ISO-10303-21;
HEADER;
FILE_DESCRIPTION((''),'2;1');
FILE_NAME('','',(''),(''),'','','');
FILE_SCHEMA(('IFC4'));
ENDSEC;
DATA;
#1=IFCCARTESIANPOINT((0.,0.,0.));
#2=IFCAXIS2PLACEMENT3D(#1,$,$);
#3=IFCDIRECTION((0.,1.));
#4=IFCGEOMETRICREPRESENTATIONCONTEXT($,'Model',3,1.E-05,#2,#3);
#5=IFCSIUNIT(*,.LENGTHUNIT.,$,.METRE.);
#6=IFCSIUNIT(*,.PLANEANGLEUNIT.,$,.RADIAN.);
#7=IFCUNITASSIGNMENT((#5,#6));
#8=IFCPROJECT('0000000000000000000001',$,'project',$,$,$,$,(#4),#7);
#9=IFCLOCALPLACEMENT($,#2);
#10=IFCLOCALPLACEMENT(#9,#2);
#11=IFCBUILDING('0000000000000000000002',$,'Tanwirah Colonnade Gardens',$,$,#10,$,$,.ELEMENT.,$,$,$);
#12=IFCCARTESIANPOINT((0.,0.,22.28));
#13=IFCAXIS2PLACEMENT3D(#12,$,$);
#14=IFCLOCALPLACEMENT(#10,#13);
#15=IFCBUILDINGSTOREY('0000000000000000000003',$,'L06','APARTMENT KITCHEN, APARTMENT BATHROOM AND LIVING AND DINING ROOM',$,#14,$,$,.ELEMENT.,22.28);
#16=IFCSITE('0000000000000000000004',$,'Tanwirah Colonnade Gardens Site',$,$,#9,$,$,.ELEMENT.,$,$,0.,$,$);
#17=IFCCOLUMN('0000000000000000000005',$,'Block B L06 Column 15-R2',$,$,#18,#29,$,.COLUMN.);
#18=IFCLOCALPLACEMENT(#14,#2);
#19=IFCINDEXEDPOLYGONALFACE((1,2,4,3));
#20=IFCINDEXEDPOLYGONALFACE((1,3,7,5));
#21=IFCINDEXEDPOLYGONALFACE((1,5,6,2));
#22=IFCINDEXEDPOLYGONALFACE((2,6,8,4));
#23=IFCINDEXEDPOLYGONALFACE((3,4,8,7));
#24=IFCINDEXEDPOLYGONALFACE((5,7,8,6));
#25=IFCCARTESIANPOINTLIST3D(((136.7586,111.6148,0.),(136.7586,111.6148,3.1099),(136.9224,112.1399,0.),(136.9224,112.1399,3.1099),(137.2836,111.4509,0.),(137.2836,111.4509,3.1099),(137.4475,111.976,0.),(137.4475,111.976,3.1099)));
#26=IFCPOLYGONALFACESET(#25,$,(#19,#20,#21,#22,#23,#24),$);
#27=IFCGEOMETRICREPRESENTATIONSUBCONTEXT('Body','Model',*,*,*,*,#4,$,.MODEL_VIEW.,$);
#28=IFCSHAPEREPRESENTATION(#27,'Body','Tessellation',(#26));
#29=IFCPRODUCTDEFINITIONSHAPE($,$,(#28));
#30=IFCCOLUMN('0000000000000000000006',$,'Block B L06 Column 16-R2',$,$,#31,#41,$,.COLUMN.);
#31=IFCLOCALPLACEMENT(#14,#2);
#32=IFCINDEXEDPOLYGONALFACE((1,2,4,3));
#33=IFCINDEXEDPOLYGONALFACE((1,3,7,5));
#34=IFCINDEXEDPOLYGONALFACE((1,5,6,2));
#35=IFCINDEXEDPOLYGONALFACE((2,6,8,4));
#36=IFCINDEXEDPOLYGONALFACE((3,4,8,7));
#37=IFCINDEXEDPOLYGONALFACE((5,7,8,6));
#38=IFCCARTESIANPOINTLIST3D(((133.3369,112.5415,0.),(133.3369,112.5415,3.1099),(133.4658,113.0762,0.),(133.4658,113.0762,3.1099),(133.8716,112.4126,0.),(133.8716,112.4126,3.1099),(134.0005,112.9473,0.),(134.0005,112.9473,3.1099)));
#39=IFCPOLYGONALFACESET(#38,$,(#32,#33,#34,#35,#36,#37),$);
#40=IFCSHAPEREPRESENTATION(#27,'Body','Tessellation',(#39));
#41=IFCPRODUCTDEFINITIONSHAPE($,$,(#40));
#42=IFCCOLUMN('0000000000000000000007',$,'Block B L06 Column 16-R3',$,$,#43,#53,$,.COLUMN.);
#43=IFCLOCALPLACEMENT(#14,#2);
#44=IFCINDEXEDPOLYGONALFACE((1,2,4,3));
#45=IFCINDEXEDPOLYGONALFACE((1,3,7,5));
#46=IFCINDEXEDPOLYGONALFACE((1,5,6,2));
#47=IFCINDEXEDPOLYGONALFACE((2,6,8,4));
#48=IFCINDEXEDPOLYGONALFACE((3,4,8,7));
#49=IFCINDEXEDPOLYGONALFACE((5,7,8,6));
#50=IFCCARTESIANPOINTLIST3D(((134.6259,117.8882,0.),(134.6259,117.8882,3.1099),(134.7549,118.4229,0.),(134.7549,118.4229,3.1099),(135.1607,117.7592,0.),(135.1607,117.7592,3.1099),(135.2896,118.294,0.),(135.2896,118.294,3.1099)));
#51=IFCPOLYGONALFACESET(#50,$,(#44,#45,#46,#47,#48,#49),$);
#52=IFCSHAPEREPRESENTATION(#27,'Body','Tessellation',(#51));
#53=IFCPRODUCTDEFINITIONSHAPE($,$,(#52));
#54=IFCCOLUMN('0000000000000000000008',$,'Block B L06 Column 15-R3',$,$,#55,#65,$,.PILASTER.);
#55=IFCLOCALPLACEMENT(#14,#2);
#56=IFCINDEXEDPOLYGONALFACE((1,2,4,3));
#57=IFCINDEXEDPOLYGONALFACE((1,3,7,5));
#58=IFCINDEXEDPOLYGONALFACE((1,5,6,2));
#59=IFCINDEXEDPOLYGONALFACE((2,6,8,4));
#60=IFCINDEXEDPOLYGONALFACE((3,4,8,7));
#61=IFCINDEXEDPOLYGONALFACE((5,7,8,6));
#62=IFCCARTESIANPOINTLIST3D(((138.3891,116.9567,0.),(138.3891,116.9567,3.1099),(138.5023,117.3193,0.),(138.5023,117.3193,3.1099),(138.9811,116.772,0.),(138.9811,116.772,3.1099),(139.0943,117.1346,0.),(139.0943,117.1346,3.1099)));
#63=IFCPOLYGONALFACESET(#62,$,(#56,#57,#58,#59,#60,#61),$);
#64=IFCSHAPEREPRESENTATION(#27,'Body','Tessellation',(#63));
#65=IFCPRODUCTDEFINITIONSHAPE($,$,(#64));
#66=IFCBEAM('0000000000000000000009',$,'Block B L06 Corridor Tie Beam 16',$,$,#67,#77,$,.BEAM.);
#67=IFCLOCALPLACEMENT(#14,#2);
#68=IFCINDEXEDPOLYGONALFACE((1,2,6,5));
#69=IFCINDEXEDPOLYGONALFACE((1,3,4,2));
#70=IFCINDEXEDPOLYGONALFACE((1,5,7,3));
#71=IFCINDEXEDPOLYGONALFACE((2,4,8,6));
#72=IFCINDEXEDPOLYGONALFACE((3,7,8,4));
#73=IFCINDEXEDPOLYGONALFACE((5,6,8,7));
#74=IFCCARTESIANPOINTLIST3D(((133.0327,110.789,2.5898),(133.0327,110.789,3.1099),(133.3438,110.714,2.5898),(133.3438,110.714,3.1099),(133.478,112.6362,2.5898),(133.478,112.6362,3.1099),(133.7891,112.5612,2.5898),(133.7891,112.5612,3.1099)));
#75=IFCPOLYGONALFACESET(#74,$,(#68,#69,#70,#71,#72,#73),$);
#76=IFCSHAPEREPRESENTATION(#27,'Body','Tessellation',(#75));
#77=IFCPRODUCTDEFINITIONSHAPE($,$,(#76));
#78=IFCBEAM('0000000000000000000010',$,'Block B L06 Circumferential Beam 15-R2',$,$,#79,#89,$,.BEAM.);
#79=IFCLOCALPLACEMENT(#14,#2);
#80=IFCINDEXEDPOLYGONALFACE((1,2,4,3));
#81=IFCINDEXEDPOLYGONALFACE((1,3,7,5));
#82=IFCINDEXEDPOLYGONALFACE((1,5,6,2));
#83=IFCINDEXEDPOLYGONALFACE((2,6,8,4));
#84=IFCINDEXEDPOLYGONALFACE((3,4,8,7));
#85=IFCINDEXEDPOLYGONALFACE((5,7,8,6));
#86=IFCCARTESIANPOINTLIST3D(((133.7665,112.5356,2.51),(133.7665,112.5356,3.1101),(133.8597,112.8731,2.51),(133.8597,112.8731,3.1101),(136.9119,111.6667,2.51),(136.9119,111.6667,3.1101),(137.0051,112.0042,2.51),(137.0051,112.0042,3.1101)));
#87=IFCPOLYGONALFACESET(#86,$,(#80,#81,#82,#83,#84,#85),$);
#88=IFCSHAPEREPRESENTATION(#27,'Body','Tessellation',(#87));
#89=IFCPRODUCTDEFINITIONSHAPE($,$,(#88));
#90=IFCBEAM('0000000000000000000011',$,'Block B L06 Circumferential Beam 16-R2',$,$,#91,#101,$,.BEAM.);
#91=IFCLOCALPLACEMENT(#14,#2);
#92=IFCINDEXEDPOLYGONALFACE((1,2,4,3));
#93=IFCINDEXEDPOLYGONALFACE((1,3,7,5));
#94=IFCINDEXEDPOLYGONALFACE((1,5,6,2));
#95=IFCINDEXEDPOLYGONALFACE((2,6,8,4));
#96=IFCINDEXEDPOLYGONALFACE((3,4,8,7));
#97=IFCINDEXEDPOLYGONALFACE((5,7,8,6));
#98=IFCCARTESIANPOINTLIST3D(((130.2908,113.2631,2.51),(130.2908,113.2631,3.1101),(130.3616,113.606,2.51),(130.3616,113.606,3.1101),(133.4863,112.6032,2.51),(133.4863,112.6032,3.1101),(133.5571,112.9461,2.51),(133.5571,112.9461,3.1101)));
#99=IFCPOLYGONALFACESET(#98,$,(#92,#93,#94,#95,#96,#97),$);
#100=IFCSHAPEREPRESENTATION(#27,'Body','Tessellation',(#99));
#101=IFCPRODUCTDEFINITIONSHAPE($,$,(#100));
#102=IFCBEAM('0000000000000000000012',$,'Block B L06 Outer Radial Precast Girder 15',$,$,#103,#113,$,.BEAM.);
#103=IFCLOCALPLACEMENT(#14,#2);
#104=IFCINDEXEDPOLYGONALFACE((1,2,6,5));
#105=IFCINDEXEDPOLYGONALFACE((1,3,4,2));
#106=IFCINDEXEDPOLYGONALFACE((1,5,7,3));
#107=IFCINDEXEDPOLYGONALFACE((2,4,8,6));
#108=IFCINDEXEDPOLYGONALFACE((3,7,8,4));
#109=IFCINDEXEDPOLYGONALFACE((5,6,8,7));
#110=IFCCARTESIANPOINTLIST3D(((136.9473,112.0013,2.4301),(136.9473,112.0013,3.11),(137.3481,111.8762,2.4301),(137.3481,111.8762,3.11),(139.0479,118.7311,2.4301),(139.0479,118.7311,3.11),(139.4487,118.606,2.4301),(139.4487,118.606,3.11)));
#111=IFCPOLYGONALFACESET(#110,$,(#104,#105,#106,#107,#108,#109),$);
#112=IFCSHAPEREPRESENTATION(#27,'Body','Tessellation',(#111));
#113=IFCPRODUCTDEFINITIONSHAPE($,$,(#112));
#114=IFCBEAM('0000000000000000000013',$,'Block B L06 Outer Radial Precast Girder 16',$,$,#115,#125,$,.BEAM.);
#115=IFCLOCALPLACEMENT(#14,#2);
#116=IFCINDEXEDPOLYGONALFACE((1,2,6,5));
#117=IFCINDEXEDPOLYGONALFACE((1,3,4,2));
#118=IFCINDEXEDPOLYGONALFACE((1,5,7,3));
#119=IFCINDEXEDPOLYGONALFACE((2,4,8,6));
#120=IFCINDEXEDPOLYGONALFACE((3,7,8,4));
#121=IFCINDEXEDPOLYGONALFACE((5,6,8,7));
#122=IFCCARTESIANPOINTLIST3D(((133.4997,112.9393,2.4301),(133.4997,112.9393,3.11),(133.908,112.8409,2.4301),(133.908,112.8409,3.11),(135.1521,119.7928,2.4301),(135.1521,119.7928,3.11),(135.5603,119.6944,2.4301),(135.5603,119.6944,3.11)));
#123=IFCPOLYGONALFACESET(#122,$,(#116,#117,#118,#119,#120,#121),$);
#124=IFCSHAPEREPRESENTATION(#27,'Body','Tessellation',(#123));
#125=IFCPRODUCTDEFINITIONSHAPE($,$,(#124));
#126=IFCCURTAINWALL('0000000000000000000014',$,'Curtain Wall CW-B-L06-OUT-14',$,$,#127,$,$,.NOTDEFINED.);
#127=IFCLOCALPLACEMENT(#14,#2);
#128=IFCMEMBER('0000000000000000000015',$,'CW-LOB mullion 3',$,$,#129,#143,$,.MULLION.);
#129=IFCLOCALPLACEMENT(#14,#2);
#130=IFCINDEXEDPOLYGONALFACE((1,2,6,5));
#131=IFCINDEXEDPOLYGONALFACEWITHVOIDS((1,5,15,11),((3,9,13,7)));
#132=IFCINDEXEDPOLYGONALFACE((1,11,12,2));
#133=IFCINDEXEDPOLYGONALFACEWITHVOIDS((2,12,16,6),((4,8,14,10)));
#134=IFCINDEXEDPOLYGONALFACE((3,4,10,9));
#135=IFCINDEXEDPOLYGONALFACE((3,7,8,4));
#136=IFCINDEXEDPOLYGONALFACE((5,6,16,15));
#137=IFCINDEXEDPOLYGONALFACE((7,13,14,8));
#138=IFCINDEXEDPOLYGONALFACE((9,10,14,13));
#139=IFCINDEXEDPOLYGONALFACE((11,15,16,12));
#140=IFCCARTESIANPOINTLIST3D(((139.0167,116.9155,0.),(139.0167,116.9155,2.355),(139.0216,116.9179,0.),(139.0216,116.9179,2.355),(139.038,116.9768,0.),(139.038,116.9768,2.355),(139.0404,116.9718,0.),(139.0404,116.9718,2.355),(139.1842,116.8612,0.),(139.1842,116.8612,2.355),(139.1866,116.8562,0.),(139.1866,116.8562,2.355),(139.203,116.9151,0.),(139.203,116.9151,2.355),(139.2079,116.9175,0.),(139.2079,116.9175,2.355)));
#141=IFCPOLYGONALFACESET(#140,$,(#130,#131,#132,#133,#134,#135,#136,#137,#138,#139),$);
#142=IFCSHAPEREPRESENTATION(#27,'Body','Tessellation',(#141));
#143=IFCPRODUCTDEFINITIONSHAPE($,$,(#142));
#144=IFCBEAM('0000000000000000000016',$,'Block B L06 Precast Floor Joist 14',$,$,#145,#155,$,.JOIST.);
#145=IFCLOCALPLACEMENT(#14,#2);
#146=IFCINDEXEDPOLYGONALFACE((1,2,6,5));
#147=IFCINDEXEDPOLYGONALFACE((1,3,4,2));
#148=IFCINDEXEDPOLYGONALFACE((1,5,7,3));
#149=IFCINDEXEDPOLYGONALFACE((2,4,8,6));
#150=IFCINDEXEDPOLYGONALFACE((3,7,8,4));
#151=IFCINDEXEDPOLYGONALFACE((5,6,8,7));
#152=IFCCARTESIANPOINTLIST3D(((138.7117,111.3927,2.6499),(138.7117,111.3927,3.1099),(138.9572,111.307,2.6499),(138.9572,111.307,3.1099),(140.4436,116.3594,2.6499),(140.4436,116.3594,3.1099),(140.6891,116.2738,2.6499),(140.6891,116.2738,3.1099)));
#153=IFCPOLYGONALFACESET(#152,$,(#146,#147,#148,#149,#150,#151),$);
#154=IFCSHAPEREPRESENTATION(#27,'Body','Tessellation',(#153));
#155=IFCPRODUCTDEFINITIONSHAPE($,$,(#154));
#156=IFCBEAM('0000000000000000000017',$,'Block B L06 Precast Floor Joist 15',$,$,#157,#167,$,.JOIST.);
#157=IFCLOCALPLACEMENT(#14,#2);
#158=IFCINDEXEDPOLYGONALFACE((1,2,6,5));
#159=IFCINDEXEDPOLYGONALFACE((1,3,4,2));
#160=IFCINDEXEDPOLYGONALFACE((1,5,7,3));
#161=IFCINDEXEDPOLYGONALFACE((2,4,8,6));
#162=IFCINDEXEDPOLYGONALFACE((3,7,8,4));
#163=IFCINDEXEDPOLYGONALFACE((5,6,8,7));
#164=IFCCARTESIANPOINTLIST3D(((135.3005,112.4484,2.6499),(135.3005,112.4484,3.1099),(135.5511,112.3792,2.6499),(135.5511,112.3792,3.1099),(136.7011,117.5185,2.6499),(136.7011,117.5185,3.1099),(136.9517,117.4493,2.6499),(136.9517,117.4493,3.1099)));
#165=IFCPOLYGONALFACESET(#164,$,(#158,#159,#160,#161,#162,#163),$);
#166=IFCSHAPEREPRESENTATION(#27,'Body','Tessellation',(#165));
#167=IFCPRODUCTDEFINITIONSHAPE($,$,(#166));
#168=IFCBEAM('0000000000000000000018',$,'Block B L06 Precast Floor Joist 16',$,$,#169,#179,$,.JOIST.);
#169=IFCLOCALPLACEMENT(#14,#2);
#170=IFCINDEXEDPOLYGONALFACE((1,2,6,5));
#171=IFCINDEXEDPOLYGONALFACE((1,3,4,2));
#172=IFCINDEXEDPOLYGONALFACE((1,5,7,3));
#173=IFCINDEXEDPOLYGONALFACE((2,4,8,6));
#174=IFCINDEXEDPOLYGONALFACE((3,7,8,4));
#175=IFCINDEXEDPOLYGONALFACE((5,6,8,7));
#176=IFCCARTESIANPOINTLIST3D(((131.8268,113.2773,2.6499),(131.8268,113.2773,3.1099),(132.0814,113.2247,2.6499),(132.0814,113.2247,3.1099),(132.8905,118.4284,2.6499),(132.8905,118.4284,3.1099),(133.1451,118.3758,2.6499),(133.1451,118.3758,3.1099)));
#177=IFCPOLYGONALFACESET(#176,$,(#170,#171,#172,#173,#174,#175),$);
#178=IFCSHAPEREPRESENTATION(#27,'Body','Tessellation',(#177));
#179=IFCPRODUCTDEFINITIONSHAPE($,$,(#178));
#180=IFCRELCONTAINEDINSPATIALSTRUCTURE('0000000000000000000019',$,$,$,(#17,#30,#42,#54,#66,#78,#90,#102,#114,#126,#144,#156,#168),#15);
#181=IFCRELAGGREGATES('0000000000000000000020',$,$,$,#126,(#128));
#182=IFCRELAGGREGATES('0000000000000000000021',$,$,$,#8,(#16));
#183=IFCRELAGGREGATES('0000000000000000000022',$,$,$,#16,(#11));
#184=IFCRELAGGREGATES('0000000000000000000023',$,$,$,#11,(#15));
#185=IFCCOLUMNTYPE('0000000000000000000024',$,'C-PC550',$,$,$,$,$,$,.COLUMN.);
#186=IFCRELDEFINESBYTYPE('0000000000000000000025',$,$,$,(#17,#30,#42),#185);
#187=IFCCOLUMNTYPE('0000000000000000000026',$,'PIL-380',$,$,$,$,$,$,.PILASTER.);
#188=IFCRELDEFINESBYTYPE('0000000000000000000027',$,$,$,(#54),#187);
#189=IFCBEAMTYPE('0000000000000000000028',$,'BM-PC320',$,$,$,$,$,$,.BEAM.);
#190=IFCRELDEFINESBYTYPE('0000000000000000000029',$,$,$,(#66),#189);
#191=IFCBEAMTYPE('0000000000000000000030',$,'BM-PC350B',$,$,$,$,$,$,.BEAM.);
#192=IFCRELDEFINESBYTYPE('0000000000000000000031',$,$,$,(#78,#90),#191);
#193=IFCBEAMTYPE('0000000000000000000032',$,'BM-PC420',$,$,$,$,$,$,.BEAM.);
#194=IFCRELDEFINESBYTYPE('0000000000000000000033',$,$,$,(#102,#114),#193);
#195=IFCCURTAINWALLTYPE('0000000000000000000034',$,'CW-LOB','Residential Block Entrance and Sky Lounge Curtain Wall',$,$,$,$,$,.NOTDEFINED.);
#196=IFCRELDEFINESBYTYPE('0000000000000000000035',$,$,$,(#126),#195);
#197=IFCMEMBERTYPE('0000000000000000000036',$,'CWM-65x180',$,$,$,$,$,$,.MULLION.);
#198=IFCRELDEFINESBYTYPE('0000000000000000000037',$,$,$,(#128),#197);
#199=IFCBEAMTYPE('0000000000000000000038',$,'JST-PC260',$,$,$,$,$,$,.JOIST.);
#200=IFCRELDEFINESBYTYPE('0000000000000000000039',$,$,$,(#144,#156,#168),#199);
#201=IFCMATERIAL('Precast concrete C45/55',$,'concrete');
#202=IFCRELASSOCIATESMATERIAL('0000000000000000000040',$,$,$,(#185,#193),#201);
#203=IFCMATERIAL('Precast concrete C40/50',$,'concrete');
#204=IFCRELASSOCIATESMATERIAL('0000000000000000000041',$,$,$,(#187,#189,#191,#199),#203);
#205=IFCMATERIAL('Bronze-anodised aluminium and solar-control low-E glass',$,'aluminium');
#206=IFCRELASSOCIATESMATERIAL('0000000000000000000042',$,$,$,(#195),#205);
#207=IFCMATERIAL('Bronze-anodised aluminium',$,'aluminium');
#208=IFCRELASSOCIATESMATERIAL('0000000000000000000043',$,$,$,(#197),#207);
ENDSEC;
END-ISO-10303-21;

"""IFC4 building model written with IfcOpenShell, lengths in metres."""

from ifc_helpers import new_model, si_unit, direction, frame, origin, origin_2d, place, context, subcontext, project, spatial, rectangle, hollow_rectangle, extrude, material, material_profile, profile_set, type_object, element, aggregate, save


model = new_model("IFC4")

# Units and contexts
model_context = context("Model", 3, precision=1e-05, world=origin(), true_north=direction((0.0, 1.0)))
body_context = subcontext(model_context, "Body", "Model", "MODEL_VIEW")
ifc_project = project(units=[si_unit("LENGTHUNIT", "METRE"), si_unit("PLANEANGLEUNIT", "RADIAN")], contexts=[model_context])

# Site, building, storey
site_placement = place(None, origin())
site = spatial("IfcSite", under=ifc_project, at=site_placement, Name="Tanwirah Colonnade Gardens Site", CompositionType="ELEMENT", RefElevation=0.0)
building_placement = place(site_placement, origin())
building = spatial("IfcBuilding", under=site, at=building_placement, Name="Tanwirah Colonnade Gardens", CompositionType="ELEMENT")
storey_placement = place(building_placement, frame((0.0, 0.0, 22.28)))
storey = spatial("IfcBuildingStorey", under=building, at=storey_placement, Name="L06", Description="APARTMENT KITCHEN, APARTMENT BATHROOM AND LIVING AND DINING ROOM", CompositionType="ELEMENT", Elevation=22.28)

# Columns
ifc_material_1 = material(Name="Precast concrete C45/55", Category="concrete")
ifc_material_profile_1 = material_profile(ifc_material_1, rectangle(XDim=0.55, YDim=0.55, at=origin_2d()), Name="PC-COL 550x550")
ifc_profile_set_1 = profile_set([ifc_material_profile_1], Name="Precast concrete C45/55")
column_type_1 = type_object("IfcColumnType", Name="C-PC550", PredefinedType="COLUMN", material=ifc_profile_set_1)
for number, where, z_axis, x_axis, name in (
    (1, (137.103, 111.7954, 0.0), (0.0, 0.0, 1.0), (0.29793, 0.954588, 0.0), "Block B L06 Column 15-R2"),
    (2, (133.6687, 112.7444, 0.0), (0.0, 0.0, 1.0), (0.234388, 0.972143, 0.0), "Block B L06 Column 16-R2"),
    (3, (134.9578, 118.0911, 0.0), (0.0, 0.0, 1.0), (0.234388, 0.972143, 0.0), "Block B L06 Column 16-R3"),
):
    element("IfcColumn", number, at=place(storey_placement, frame(where, z_axis=z_axis, x_axis=x_axis)), inside=storey, type_object=column_type_1, Name=name, PredefinedType="COLUMN", context=body_context, shape_type="SweptSolid", body=[
        extrude(rectangle(XDim=0.55, YDim=0.55, at=origin_2d()), origin(), (0.0, 0.0, 1.0), 3.1099),
    ])
ifc_material_2 = material(Name="Precast concrete C40/50", Category="concrete")
ifc_material_profile_2 = material_profile(ifc_material_2, rectangle(XDim=0.3799, YDim=0.6201, at=origin_2d()), Name="PC-PIL 380x620")
ifc_profile_set_2 = profile_set([ifc_material_profile_2], Name="Precast concrete C40/50")
column_type_2 = type_object("IfcColumnType", Name="PIL-380", PredefinedType="PILASTER", material=ifc_profile_set_2)
column_placement = place(storey_placement, frame((138.7417, 117.0457, 0.0), z_axis=(0.0, 0.0, 1.0), x_axis=(0.29793, 0.954588, 0.0)))
element("IfcColumn", 4, at=column_placement, inside=storey, type_object=column_type_2, Name="Block B L06 Column 15-R3", PredefinedType="PILASTER", context=body_context, shape_type="SweptSolid", body=[
    extrude(rectangle(XDim=0.3799, YDim=0.6201, at=origin_2d()), origin(), (0.0, 0.0, 1.0), 3.1099),
])

# Beams
ifc_material_profile_3 = material_profile(ifc_material_2, rectangle(XDim=0.3201, YDim=0.52, at=origin_2d()), Name="PC-BM 320x520")
ifc_profile_set_3 = profile_set([ifc_material_profile_3], Name="Precast concrete C40/50")
beam_type_1 = type_object("IfcBeamType", Name="BM-PC320", PredefinedType="BEAM", material=ifc_profile_set_3)
beam_1_placement = place(storey_placement, frame((133.1882, 110.7515, 2.8499), z_axis=(0.234364, 0.972149, 0.0), x_axis=(-0.972149, 0.234364, 0.0)))
element("IfcBeam", 5, at=beam_1_placement, inside=storey, type_object=beam_type_1, Name="Block B L06 Corridor Tie Beam 16", PredefinedType="BEAM", context=body_context, shape_type="SweptSolid", body=[
    extrude(rectangle(XDim=0.3201, YDim=0.52, at=origin_2d()), origin(), (0.0, 0.0, 1.0), 1.9001),
])
ifc_material_profile_4 = material_profile(ifc_material_2, rectangle(XDim=0.3501, YDim=0.6001, at=origin_2d()), Name="PC-BM 350x600")
ifc_profile_set_4 = profile_set([ifc_material_profile_4], Name="Precast concrete C40/50")
beam_type_2 = type_object("IfcBeamType", Name="BM-PC350B", PredefinedType="BEAM", material=ifc_profile_set_4)
beam_2_placement = place(storey_placement, frame((136.9585, 111.8354, 2.8101), z_axis=(-0.963895, 0.266281, 0.0), x_axis=(-0.266281, -0.963895, 0.0)))
element("IfcBeam", 6, at=beam_2_placement, inside=storey, type_object=beam_type_2, Name="Block B L06 Circumferential Beam 15-R2", PredefinedType="BEAM", context=body_context, shape_type="SweptSolid", body=[
    extrude(rectangle(XDim=0.3501, YDim=0.6001, at=origin_2d()), origin(), (0.0, 0.0, 1.0), 3.2632),
])
beam_3_placement = place(storey_placement, frame((133.5217, 112.7747, 2.8101), z_axis=(-0.979336, 0.202242, 0.0), x_axis=(-0.202242, -0.979336, 0.0)))
element("IfcBeam", 7, at=beam_3_placement, inside=storey, type_object=beam_type_2, Name="Block B L06 Circumferential Beam 16-R2", PredefinedType="BEAM", context=body_context, shape_type="SweptSolid", body=[
    extrude(rectangle(XDim=0.3501, YDim=0.6001, at=origin_2d()), origin(), (0.0, 0.0, 1.0), 3.2629),
])
ifc_material_profile_5 = material_profile(ifc_material_1, rectangle(XDim=0.4199, YDim=0.6799, at=origin_2d()), Name="PC-BM 420x680")
ifc_profile_set_5 = profile_set([ifc_material_profile_5], Name="Precast concrete C45/55")
beam_type_3 = type_object("IfcBeamType", Name="BM-PC420", PredefinedType="BEAM", material=ifc_profile_set_5)
beam_4_placement = place(storey_placement, frame((137.1477, 111.9387, 2.77), z_axis=(0.297958, 0.954579, 0.0), x_axis=(-0.954579, 0.297958, 0.0)))
element("IfcBeam", 8, at=beam_4_placement, inside=storey, type_object=beam_type_3, Name="Block B L06 Outer Radial Precast Girder 15", PredefinedType="BEAM", context=body_context, shape_type="SweptSolid", body=[
    extrude(rectangle(XDim=0.4199, YDim=0.6799, at=origin_2d()), origin(), (0.0, 0.0, 1.0), 7.05),
])
beam_5_placement = place(storey_placement, frame((133.7039, 112.8901, 2.77), z_axis=(0.234379, 0.972145, 0.0), x_axis=(-0.972145, 0.234379, 0.0)))
element("IfcBeam", 9, at=beam_5_placement, inside=storey, type_object=beam_type_3, Name="Block B L06 Outer Radial Precast Girder 16", PredefinedType="BEAM", context=body_context, shape_type="SweptSolid", body=[
    extrude(rectangle(XDim=0.4199, YDim=0.6799, at=origin_2d()), origin(), (0.0, 0.0, 1.0), 7.0498),
])

# Curtain wall, member
ifc_material_3 = material(Name="Bronze-anodised aluminium and solar-control low-E glass", Category="aluminium")
curtain_wall_type = type_object("IfcCurtainWallType", Name="CW-LOB", Description="Residential Block Entrance and Sky Lounge Curtain Wall", PredefinedType="NOTDEFINED", material=ifc_material_3)
curtain_wall_placement = place(storey_placement, origin())
curtain_wall = element("IfcCurtainWall", 10, at=curtain_wall_placement, inside=storey, type_object=curtain_wall_type, Name="Curtain Wall CW-B-L06-OUT-14", PredefinedType="NOTDEFINED")
ifc_material_4 = material(Name="Bronze-anodised aluminium", Category="aluminium")
ifc_material_profile_6 = material_profile(ifc_material_4, hollow_rectangle(XDim=0.0649, YDim=0.1799, WallThickness=0.0039, at=origin_2d()), Name="CW-MUL 65x180x4")
ifc_profile_set_6 = profile_set([ifc_material_profile_6], Name="Bronze-anodised aluminium")
member_type = type_object("IfcMemberType", Name="CWM-65x180", PredefinedType="MULLION", material=ifc_profile_set_6)
member_placement = place(storey_placement, frame((139.1123, 116.9165, 0.0), z_axis=(0.0, 0.0, 1.0), x_axis=(-0.329232, -0.944249, 0.0)))
member = element("IfcMember", 11, at=member_placement, type_object=member_type, Name="CW-LOB mullion 3", PredefinedType="MULLION", context=body_context, shape_type="SweptSolid", body=[
    extrude(hollow_rectangle(XDim=0.0649, YDim=0.1799, WallThickness=0.0039, at=origin_2d()), origin(), (0.0, 0.0, 1.0), 2.355),
])
aggregate(curtain_wall, [member])

# Beams
ifc_material_profile_7 = material_profile(ifc_material_2, rectangle(XDim=0.26, YDim=0.46, at=origin_2d()), Name="PC-JST 260x460")
ifc_profile_set_7 = profile_set([ifc_material_profile_7], Name="Precast concrete C40/50")
beam_type_4 = type_object("IfcBeamType", Name="JST-PC260", PredefinedType="JOIST", material=ifc_profile_set_7)
for number, where, z_axis, x_axis, name in (
    (12, (138.8345, 111.3499, 2.8799), (0.329259, 0.94424, 0.0), (-0.94424, 0.329259, 0.0), "Block B L06 Precast Floor Joist 14"),
    (13, (135.4258, 112.4138, 2.8799), (0.266281, 0.963895, 0.0), (-0.963895, 0.266281, 0.0), "Block B L06 Precast Floor Joist 15"),
):
    element("IfcBeam", number, at=place(storey_placement, frame(where, z_axis=z_axis, x_axis=x_axis)), inside=storey, type_object=beam_type_4, Name=name, PredefinedType="JOIST", context=body_context, shape_type="SweptSolid", body=[
        extrude(rectangle(XDim=0.26, YDim=0.46, at=origin_2d()), origin(), (0.0, 0.0, 1.0), 5.26),
    ])
beam_6_placement = place(storey_placement, frame((131.9541, 113.251, 2.8799), z_axis=(0.202236, 0.979337, 0.0), x_axis=(-0.979337, 0.202236, 0.0)))
element("IfcBeam", 14, at=beam_6_placement, inside=storey, type_object=beam_type_4, Name="Block B L06 Precast Floor Joist 16", PredefinedType="JOIST", context=body_context, shape_type="SweptSolid", body=[
    extrude(rectangle(XDim=0.26, YDim=0.46, at=origin_2d()), origin(), (0.0, 0.0, 1.0), 5.2598),
])

save(model, "model.ifc")
